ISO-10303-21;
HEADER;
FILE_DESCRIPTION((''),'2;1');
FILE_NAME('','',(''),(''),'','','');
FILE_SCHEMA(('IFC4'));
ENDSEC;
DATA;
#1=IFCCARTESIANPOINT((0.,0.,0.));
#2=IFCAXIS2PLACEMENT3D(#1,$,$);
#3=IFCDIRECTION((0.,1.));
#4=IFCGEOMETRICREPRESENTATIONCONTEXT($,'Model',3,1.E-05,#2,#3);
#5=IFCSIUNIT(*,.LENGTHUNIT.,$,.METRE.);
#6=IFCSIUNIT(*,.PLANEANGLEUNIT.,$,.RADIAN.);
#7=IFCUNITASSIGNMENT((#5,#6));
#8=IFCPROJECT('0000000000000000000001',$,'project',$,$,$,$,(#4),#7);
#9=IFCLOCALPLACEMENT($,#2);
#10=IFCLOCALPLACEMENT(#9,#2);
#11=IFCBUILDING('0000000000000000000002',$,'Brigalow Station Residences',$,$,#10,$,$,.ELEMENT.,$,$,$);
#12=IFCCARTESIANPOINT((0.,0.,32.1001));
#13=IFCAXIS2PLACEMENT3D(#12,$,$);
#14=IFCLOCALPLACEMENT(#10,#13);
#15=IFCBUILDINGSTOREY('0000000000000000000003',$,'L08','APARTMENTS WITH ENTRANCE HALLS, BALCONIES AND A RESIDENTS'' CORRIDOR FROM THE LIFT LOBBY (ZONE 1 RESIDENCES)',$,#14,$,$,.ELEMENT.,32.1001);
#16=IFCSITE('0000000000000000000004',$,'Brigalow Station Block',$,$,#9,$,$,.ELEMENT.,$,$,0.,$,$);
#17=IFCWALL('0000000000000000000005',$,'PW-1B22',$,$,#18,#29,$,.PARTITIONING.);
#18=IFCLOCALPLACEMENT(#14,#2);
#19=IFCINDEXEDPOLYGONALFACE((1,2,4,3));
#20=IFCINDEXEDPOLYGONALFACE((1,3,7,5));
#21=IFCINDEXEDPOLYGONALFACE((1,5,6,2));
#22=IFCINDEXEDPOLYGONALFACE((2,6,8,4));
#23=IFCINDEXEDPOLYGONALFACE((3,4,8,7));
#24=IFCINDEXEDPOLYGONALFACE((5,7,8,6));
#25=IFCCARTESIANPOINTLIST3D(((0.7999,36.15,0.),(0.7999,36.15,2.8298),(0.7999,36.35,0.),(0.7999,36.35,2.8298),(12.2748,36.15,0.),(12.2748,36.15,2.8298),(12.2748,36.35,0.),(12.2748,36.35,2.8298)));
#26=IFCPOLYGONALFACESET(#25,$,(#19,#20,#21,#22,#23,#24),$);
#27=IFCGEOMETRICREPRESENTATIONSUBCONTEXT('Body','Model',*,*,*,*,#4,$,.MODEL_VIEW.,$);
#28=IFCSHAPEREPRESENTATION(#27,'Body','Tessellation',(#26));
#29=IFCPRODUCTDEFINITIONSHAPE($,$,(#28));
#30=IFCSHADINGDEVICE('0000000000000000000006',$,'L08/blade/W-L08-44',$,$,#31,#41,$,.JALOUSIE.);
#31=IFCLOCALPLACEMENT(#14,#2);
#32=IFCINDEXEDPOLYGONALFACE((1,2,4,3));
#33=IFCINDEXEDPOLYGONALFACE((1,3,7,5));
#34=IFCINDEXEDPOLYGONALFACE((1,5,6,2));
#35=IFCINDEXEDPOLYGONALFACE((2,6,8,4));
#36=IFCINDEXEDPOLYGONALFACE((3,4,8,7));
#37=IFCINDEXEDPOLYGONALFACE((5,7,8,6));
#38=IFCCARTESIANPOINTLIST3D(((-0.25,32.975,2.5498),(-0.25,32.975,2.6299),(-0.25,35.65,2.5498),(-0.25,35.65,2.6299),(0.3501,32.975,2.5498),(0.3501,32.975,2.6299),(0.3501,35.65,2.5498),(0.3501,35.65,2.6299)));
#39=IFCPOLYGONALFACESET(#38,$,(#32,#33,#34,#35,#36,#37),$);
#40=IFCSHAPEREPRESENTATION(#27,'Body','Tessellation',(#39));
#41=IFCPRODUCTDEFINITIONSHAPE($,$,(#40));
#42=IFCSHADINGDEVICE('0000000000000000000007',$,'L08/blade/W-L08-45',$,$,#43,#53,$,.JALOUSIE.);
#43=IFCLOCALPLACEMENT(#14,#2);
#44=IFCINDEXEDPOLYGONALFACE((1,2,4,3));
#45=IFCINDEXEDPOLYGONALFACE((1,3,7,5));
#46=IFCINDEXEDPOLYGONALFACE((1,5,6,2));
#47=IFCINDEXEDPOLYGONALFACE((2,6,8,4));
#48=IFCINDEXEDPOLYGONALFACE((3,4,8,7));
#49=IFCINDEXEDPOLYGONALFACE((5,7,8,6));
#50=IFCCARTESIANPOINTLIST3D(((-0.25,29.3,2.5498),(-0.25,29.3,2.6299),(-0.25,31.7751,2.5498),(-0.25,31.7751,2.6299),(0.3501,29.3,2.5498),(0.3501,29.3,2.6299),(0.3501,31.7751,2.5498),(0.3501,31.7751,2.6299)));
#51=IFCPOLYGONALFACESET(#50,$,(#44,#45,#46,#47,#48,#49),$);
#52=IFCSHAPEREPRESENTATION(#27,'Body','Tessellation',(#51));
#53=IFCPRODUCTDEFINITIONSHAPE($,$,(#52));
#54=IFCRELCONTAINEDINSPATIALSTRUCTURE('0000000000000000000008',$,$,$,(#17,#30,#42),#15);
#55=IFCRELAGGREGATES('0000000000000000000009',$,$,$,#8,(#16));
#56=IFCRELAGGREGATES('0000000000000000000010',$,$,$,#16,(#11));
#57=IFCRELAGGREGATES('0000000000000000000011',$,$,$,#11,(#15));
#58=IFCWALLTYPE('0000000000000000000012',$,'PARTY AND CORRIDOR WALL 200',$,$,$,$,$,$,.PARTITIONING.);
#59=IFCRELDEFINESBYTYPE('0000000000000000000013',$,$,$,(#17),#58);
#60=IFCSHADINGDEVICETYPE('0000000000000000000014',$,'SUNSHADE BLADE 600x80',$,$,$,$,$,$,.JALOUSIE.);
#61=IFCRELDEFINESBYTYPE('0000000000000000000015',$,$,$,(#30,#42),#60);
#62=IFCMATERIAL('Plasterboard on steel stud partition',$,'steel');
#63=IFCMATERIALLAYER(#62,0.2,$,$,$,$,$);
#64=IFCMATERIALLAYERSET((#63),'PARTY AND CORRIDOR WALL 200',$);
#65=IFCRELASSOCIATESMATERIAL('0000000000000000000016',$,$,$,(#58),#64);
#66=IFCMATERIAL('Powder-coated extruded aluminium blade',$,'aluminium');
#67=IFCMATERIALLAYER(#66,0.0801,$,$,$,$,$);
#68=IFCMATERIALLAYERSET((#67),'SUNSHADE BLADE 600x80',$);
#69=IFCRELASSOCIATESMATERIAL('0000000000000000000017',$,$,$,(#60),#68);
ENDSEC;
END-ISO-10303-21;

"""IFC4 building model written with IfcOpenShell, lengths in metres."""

from ifc_helpers import new_model, si_unit, direction, frame, frame_2d, origin, origin_2d, place, context, subcontext, project, spatial, rectangle, extrude, material, layer, layer_set, type_object, element, save


model = new_model("IFC4")

# Units and contexts
model_context = context("Model", 3, precision=1e-05, world=origin(), true_north=direction((0.0, 1.0)))
body_context = subcontext(model_context, "Body", "Model", "MODEL_VIEW")
ifc_project = project(units=[si_unit("LENGTHUNIT", "METRE"), si_unit("PLANEANGLEUNIT", "RADIAN")], contexts=[model_context])

# Site, building, storey
site_placement = place(None, origin())
site = spatial("IfcSite", under=ifc_project, at=site_placement, Name="Brigalow Station Block", CompositionType="ELEMENT", RefElevation=0.0)
building_placement = place(site_placement, origin())
building = spatial("IfcBuilding", under=site, at=building_placement, Name="Brigalow Station Residences", CompositionType="ELEMENT")
storey_placement = place(building_placement, frame((0.0, 0.0, 32.1001)))
storey = spatial("IfcBuildingStorey", under=building, at=storey_placement, Name="L08", Description="APARTMENTS WITH ENTRANCE HALLS, BALCONIES AND A RESIDENTS' CORRIDOR FROM THE LIFT LOBBY (ZONE 1 RESIDENCES)", CompositionType="ELEMENT", Elevation=32.1001)

# Wall
ifc_material_1 = material(Name="Plasterboard on steel stud partition", Category="steel")
ifc_layer_1 = layer(ifc_material_1, 0.2)
ifc_layer_set_1 = layer_set([ifc_layer_1], Name="PARTY AND CORRIDOR WALL 200")
wall_type_1 = type_object("IfcWallType", Name="PARTY AND CORRIDOR WALL 200", PredefinedType="PARTITIONING", material=ifc_layer_set_1)
wall_1_placement = place(storey_placement, frame((0.8, 36.25, 0.0), z_axis=(0.0, 0.0, 1.0), x_axis=(1.0, 0.0, 0.0)))
element("IfcWall", 1, at=wall_1_placement, inside=storey, type_object=wall_type_1, Name="PW-1B22", PredefinedType="PARTITIONING", context=body_context, shape_type="SweptSolid", body=[
    extrude(rectangle(XDim=11.4749, YDim=0.2, at=frame_2d((5.7373, 0.0))), origin(), (0.0, 0.0, 1.0), 2.8298),
])

# Shading devices
ifc_material_2 = material(Name="Powder-coated extruded aluminium blade", Category="aluminium")
ifc_layer_2 = layer(ifc_material_2, 0.0801)
ifc_layer_set_2 = layer_set([ifc_layer_2], Name="SUNSHADE BLADE 600x80")
shading_device_type = type_object("IfcShadingDeviceType", Name="SUNSHADE BLADE 600x80", PredefinedType="JALOUSIE", material=ifc_layer_set_2)
shading_device_1_placement = place(storey_placement, frame((0.05, 34.3125, 2.5498), z_axis=(0.0, 0.0, 1.0), x_axis=(0.0, -1.0, 0.0)))
element("IfcShadingDevice", 2, at=shading_device_1_placement, inside=storey, type_object=shading_device_type, Name="L08/blade/W-L08-44", PredefinedType="JALOUSIE", context=body_context, shape_type="SweptSolid", body=[
    extrude(rectangle(XDim=2.675, YDim=0.6001, at=origin_2d()), origin(), (0.0, 0.0, 1.0), 0.0801),
])
shading_device_2_placement = place(storey_placement, frame((0.05, 30.5376, 2.5498), z_axis=(0.0, 0.0, 1.0), x_axis=(0.0, -1.0, 0.0)))
element("IfcShadingDevice", 3, at=shading_device_2_placement, inside=storey, type_object=shading_device_type, Name="L08/blade/W-L08-45", PredefinedType="JALOUSIE", context=body_context, shape_type="SweptSolid", body=[
    extrude(rectangle(XDim=2.4751, YDim=0.6001, at=origin_2d()), origin(), (0.0, 0.0, 1.0), 0.0801),
])

save(model, "model.ifc")
